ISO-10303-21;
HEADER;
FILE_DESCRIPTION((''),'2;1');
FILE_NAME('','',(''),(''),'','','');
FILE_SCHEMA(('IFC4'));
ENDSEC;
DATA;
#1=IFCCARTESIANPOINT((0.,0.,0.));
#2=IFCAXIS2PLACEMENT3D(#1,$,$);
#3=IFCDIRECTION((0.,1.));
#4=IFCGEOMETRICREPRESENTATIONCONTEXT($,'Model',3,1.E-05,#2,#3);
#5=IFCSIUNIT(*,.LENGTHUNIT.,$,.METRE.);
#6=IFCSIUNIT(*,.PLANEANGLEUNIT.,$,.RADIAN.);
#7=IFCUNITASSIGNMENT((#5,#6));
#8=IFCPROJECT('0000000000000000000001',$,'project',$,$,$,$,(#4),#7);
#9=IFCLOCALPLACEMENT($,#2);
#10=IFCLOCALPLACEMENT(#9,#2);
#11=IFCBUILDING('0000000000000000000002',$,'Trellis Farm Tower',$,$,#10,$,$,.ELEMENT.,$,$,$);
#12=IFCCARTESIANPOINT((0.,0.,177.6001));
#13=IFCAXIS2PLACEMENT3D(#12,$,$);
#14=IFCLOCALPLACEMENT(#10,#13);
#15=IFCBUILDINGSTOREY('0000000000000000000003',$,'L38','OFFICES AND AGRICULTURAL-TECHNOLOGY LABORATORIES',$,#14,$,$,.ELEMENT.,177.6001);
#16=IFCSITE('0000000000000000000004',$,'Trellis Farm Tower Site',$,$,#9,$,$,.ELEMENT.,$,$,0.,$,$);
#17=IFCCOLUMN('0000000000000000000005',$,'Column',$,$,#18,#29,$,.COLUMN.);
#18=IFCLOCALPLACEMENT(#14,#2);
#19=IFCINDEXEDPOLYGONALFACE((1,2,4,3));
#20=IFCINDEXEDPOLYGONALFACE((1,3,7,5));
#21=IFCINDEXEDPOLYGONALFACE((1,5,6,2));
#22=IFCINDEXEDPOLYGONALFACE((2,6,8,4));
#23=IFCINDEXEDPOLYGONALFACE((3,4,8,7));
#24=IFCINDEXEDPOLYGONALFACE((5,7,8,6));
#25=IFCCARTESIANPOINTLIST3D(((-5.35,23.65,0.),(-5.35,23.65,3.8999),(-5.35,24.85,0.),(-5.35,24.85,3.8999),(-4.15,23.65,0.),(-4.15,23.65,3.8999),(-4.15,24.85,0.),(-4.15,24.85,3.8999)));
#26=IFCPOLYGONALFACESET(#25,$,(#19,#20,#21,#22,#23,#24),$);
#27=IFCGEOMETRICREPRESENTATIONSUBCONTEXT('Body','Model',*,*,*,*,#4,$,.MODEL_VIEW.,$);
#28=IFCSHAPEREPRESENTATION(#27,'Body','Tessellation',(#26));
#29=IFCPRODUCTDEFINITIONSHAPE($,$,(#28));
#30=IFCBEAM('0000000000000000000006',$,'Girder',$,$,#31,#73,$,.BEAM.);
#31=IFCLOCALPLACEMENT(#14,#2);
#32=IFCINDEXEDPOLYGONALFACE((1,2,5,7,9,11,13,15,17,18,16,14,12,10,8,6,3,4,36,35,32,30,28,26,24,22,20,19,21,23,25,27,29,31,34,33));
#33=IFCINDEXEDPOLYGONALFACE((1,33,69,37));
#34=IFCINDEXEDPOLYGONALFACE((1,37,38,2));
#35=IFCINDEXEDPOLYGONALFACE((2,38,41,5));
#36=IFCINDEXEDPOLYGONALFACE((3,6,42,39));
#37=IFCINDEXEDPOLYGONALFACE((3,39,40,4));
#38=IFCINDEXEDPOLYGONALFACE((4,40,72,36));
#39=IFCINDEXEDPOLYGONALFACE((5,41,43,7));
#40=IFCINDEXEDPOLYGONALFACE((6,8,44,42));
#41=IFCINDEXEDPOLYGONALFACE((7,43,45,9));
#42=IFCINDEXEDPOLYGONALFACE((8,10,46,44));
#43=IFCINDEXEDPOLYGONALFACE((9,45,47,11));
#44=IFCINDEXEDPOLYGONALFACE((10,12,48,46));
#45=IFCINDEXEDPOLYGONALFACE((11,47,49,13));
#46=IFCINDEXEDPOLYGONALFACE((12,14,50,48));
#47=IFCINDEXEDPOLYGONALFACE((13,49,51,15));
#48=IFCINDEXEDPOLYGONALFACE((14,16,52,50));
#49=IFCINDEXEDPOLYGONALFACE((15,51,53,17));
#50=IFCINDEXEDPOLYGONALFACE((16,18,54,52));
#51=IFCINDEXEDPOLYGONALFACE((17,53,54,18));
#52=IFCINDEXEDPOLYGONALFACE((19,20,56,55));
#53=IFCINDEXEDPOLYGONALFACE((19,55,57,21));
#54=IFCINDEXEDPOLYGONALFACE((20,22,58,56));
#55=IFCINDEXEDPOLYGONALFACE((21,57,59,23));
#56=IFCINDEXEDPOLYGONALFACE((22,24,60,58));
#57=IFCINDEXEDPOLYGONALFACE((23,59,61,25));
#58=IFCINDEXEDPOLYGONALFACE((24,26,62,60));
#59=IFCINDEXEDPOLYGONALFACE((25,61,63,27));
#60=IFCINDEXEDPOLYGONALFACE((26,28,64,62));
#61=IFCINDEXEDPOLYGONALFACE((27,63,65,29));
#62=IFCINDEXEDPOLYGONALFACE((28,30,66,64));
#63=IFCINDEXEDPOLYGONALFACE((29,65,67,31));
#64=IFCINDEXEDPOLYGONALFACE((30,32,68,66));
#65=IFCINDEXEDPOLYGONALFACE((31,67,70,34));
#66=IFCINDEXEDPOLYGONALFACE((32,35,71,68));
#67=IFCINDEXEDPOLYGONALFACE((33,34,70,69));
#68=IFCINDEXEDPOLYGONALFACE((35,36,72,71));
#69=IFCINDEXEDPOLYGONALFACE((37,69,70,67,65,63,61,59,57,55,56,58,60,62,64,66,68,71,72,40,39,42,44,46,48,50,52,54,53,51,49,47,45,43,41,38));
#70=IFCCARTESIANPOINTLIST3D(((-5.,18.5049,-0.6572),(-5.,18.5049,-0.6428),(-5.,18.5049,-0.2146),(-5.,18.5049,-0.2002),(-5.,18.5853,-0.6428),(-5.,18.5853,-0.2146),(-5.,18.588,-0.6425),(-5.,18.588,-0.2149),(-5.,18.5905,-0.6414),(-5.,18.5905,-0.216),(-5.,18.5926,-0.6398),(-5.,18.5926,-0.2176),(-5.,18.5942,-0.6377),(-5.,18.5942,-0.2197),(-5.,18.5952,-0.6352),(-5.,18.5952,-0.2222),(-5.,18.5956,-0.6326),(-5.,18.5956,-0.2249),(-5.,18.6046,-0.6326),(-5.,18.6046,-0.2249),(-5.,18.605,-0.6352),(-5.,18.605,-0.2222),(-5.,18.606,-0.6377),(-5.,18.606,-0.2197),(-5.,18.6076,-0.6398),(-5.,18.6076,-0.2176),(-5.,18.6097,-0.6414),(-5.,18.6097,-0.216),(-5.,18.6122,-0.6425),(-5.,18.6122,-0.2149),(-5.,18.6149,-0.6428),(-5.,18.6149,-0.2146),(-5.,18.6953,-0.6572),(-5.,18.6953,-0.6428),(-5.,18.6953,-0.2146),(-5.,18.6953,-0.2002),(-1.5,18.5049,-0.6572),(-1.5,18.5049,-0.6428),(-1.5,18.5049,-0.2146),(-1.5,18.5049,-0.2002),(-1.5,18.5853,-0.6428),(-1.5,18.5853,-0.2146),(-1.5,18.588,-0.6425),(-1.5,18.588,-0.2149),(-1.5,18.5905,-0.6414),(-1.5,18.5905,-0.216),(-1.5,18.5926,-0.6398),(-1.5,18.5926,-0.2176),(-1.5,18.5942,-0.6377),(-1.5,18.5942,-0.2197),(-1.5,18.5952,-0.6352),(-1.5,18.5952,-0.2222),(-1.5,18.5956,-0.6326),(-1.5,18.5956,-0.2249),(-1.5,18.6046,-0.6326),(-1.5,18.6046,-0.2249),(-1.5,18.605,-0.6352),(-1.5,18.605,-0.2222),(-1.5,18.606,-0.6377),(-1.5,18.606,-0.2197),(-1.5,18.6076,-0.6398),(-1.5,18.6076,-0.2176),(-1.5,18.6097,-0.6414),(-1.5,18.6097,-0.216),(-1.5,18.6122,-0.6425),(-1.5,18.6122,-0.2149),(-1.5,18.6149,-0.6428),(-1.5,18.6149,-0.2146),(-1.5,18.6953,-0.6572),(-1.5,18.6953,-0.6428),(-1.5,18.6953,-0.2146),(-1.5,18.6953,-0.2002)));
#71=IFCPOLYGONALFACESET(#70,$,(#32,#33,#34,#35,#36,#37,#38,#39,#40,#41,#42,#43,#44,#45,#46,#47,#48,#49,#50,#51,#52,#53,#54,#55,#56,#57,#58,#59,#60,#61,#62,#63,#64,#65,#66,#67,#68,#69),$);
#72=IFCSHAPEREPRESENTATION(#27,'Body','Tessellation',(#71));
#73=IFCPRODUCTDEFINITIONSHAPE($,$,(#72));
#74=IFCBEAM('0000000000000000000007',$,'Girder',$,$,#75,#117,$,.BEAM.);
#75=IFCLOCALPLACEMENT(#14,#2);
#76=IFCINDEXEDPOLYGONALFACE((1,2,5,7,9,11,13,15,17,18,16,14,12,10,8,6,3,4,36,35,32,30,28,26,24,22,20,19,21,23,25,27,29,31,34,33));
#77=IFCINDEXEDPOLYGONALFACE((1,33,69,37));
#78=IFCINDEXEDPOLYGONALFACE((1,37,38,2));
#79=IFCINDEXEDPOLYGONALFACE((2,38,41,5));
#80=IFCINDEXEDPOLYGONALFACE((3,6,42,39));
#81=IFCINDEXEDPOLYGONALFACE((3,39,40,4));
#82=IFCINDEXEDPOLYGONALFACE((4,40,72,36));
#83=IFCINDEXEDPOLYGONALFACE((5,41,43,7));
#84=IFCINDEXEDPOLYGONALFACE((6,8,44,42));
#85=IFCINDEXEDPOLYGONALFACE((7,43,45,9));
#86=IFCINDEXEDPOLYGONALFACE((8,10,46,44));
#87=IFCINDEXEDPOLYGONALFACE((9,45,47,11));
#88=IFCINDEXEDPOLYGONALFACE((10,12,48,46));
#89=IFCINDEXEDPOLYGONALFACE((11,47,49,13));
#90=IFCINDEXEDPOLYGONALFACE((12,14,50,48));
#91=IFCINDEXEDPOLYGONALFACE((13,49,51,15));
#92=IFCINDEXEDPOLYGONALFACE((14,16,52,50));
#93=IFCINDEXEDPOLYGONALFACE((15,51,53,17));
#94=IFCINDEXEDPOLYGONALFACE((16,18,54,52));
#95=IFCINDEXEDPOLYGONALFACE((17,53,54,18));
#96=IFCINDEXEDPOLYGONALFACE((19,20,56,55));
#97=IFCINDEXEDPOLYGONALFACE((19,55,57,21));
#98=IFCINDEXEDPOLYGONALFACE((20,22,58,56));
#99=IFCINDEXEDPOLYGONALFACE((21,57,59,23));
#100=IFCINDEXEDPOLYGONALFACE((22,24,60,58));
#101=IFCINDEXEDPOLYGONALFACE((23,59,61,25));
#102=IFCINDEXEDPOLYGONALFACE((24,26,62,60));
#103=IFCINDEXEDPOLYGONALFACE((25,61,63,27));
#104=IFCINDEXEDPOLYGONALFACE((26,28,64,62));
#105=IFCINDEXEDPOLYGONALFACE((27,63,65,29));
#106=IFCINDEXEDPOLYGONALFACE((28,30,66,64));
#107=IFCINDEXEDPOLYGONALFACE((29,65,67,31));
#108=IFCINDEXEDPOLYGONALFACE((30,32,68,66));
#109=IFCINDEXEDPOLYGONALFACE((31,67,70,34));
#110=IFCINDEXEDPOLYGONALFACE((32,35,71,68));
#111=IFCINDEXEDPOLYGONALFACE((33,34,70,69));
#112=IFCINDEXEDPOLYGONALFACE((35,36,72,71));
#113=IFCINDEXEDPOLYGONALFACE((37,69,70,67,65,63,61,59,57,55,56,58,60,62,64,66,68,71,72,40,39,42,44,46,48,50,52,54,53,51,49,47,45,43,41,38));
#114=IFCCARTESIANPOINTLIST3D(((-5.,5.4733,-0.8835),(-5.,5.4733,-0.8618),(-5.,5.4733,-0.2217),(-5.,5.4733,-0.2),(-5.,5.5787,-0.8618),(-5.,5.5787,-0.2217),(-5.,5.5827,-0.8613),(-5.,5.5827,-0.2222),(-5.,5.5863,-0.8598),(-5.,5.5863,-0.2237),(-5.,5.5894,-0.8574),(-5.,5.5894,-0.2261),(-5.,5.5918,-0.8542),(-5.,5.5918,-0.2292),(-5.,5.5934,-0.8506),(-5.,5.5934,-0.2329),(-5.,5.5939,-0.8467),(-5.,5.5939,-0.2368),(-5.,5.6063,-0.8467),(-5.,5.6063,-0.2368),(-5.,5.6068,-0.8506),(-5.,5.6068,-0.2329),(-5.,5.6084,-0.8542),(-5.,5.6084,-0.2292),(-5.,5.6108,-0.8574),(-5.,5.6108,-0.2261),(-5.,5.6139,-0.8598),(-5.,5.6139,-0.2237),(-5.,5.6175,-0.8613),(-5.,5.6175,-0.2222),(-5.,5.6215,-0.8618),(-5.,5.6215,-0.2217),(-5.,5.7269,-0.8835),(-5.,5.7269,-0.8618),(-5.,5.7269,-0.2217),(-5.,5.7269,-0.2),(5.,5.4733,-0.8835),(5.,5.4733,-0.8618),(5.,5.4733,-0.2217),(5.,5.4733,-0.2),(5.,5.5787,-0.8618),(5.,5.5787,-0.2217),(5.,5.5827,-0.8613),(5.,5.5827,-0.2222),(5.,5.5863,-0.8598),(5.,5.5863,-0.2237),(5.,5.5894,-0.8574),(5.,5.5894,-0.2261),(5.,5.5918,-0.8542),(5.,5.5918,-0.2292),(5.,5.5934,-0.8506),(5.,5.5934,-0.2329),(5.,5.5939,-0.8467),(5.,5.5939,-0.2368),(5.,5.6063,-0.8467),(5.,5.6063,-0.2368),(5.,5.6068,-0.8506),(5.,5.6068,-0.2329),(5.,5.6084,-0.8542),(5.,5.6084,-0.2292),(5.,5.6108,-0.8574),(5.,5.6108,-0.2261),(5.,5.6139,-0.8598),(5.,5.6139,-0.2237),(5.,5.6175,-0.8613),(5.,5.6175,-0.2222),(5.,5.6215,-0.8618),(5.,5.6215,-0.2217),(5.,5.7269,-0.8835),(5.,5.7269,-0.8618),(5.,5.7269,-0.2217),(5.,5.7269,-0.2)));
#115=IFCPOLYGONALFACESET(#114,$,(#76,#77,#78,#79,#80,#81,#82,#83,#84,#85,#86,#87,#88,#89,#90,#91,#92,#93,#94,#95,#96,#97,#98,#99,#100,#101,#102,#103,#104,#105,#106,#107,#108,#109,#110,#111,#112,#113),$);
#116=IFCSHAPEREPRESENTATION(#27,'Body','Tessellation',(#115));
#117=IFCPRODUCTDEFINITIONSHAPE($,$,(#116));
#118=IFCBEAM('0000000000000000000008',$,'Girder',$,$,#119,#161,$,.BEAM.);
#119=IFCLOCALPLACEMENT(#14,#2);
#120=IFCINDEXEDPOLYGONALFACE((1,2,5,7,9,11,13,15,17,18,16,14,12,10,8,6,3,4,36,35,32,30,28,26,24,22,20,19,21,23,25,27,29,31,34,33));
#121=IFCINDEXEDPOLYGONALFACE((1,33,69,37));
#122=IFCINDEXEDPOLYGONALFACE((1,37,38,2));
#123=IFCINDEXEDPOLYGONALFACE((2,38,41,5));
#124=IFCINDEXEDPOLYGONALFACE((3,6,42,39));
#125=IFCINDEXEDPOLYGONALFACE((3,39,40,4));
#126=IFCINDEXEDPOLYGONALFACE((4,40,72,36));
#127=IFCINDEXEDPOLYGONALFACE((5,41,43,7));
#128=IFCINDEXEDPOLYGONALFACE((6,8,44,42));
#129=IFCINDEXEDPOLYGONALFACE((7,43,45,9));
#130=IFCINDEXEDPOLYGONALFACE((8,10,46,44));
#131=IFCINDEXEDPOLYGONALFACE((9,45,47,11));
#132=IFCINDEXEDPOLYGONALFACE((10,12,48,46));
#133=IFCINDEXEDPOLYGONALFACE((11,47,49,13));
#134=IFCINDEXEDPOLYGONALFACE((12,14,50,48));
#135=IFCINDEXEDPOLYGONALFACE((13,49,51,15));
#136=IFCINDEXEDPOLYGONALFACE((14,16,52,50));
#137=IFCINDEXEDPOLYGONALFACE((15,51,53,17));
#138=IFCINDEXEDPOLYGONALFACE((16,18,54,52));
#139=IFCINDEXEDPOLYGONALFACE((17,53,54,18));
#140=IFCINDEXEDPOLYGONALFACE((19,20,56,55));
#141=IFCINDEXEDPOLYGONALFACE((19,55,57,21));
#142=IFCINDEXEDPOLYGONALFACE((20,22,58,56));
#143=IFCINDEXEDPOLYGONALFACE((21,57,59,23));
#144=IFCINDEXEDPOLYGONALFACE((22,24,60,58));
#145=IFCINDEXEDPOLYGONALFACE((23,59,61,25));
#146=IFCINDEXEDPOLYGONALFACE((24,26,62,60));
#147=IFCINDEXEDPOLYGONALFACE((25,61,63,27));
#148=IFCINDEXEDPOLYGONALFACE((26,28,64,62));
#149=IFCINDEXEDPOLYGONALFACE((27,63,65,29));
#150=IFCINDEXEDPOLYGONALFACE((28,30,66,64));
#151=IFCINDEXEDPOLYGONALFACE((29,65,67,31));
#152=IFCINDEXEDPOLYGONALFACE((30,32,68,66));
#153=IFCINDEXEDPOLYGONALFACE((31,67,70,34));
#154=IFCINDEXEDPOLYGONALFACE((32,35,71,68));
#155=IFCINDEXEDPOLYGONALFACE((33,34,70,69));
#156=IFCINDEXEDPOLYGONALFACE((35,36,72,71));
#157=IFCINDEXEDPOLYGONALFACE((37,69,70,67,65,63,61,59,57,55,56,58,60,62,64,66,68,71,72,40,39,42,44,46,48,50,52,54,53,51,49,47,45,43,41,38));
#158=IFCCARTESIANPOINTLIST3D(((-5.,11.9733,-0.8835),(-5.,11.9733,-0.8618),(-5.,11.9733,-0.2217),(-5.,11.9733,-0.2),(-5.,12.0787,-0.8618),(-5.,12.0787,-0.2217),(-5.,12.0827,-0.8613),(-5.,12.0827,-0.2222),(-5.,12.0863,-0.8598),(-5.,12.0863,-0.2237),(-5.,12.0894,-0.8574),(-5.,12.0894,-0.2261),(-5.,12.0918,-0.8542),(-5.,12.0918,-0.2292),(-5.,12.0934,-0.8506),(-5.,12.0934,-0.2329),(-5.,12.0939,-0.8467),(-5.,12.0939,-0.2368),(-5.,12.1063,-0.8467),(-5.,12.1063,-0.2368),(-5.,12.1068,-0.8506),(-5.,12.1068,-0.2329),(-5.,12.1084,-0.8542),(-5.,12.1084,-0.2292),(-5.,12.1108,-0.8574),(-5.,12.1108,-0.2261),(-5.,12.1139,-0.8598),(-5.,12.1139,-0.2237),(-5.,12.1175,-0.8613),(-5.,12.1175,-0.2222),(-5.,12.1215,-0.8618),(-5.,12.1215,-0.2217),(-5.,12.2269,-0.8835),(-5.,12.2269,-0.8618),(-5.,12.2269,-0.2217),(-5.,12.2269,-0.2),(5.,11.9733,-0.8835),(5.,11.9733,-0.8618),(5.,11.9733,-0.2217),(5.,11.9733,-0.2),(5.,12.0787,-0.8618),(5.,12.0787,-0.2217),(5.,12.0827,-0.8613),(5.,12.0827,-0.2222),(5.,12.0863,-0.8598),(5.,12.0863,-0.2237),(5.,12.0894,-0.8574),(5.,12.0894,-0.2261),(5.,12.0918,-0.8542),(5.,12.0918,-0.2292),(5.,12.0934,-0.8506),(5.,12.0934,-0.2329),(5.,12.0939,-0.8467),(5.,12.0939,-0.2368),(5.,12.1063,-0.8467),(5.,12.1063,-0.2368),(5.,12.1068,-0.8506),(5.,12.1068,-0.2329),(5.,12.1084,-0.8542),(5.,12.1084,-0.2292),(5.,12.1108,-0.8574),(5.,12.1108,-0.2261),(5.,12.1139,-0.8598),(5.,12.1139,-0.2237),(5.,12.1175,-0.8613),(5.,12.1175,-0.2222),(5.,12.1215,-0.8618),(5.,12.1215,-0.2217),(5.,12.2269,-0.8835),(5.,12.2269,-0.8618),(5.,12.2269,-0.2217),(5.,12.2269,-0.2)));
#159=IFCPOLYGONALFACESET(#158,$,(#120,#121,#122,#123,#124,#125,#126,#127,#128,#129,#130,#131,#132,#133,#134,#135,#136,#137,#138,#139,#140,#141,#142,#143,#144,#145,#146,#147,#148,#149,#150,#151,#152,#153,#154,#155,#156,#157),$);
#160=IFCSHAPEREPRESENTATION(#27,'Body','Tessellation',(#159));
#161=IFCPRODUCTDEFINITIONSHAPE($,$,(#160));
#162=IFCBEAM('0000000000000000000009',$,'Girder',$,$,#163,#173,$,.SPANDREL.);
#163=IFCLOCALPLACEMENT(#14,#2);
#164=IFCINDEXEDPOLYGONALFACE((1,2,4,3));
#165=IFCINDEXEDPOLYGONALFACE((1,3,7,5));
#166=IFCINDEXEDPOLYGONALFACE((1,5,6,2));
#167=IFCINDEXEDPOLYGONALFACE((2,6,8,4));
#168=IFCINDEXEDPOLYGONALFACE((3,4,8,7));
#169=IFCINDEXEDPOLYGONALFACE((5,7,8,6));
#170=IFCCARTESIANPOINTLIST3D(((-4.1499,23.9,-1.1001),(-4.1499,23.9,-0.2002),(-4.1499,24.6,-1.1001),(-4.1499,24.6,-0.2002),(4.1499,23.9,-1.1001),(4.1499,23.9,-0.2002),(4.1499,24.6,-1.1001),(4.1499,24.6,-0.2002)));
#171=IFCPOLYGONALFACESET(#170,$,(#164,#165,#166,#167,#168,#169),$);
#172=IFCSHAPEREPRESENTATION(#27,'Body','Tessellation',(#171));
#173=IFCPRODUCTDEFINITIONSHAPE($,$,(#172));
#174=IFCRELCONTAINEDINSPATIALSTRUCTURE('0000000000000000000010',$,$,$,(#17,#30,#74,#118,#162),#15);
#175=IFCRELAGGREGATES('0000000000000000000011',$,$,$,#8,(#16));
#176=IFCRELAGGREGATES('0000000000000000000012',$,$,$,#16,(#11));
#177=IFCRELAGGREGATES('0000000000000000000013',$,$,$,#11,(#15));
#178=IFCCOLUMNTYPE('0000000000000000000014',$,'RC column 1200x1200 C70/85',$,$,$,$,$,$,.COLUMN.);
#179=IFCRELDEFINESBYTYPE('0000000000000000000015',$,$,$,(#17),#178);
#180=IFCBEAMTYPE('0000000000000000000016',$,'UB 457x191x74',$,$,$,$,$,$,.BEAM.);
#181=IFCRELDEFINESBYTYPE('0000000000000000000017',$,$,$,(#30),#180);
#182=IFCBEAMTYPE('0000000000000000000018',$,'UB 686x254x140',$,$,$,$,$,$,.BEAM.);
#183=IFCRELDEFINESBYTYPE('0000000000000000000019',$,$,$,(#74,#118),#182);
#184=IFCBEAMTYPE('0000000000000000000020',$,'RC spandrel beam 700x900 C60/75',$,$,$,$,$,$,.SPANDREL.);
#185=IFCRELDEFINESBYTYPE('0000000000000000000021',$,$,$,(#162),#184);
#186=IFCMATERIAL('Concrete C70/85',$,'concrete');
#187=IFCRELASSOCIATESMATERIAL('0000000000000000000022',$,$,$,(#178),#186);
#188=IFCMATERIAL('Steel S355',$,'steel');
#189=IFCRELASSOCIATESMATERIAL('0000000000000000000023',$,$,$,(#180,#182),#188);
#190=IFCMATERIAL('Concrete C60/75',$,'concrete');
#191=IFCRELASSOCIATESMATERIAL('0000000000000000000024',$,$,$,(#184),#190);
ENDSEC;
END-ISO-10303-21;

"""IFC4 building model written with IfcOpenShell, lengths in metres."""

from ifc_helpers import new_model, si_unit, direction, frame, origin, origin_2d, place, context, subcontext, project, spatial, rectangle, i_section, extrude, source, transform, mapped, material, material_profile, profile_set, type_object, element, save


model = new_model("IFC4")

# Units and contexts
model_context = context("Model", 3, precision=1e-05, world=origin(), true_north=direction((0.0, 1.0)))
body_context = subcontext(model_context, "Body", "Model", "MODEL_VIEW")
ifc_project = project(units=[si_unit("LENGTHUNIT", "METRE"), si_unit("PLANEANGLEUNIT", "RADIAN")], contexts=[model_context])

# Site, building, storey
site_placement = place(None, origin())
site = spatial("IfcSite", under=ifc_project, at=site_placement, Name="Trellis Farm Tower Site", CompositionType="ELEMENT", RefElevation=0.0)
building_placement = place(site_placement, origin())
building = spatial("IfcBuilding", under=site, at=building_placement, Name="Trellis Farm Tower", CompositionType="ELEMENT")
storey_placement = place(building_placement, frame((0.0, 0.0, 177.6001)))
storey = spatial("IfcBuildingStorey", under=building, at=storey_placement, Name="L38", Description="OFFICES AND AGRICULTURAL-TECHNOLOGY LABORATORIES", CompositionType="ELEMENT", Elevation=177.6001)

# Column
ifc_material_1 = material(Name="Concrete C70/85", Category="concrete")
ifc_material_profile_1 = material_profile(ifc_material_1, rectangle(XDim=1.2, YDim=1.2, at=origin_2d()), Name="RC column 1200x1200 C70/85")
ifc_profile_set_1 = profile_set([ifc_material_profile_1], Name="Concrete C70/85")
column_type = type_object("IfcColumnType", Name="RC column 1200x1200 C70/85", PredefinedType="COLUMN", material=ifc_profile_set_1)
shared_shape_1 = source(origin(), body_context, "Body", "SweptSolid", [
    extrude(rectangle(XDim=1.2, YDim=1.2, at=origin_2d()), origin(), (0.0, 0.0, 1.0), 3.8999),
])
column_placement = place(storey_placement, frame((-4.75, 24.25, 0.0), z_axis=(0.0, 0.0, 1.0), x_axis=(1.0, 0.0, 0.0)))
element("IfcColumn", 1, at=column_placement, inside=storey, type_object=column_type, Name="Column", PredefinedType="COLUMN", context=body_context, shape_type="MappedRepresentation", body=[
    mapped(shared_shape_1, transform((0.0, 0.0, 0.0))),
])

# Beams
ifc_material_2 = material(Name="Steel S355", Category="steel")
ifc_material_profile_2 = material_profile(ifc_material_2, i_section(OverallWidth=0.1904, OverallDepth=0.457, WebThickness=0.009, FlangeThickness=0.0144, FilletRadius=0.0103, at=origin_2d()), Name="UB 457x191x74")
ifc_profile_set_2 = profile_set([ifc_material_profile_2], Name="Steel S355")
beam_type_1 = type_object("IfcBeamType", Name="UB 457x191x74", PredefinedType="BEAM", material=ifc_profile_set_2)
shared_shape_2 = source(origin(), body_context, "Body", "SweptSolid", [
    extrude(i_section(OverallWidth=0.1904, OverallDepth=0.457, WebThickness=0.009, FlangeThickness=0.0144, FilletRadius=0.0103, at=origin_2d()), origin(), (0.0, 0.0, 1.0), 3.5),
])
beam_1_placement = place(storey_placement, frame((-5.0, 18.6001, -0.4287), z_axis=(1.0, 0.0, 0.0), x_axis=(0.0, 1.0, 0.0)))
element("IfcBeam", 2, at=beam_1_placement, inside=storey, type_object=beam_type_1, Name="Girder", PredefinedType="BEAM", context=body_context, shape_type="MappedRepresentation", body=[
    mapped(shared_shape_2, transform((0.0, 0.0, 0.0))),
])
ifc_material_profile_3 = material_profile(ifc_material_2, i_section(OverallWidth=0.2537, OverallDepth=0.6836, WebThickness=0.0125, FlangeThickness=0.0217, FilletRadius=0.0151, at=origin_2d()), Name="UB 686x254x140")
ifc_profile_set_3 = profile_set([ifc_material_profile_3], Name="Steel S355")
beam_type_2 = type_object("IfcBeamType", Name="UB 686x254x140", PredefinedType="BEAM", material=ifc_profile_set_3)
shared_shape_3 = source(origin(), body_context, "Body", "SweptSolid", [
    extrude(i_section(OverallWidth=0.2537, OverallDepth=0.6836, WebThickness=0.0125, FlangeThickness=0.0217, FilletRadius=0.0151, at=origin_2d()), origin(), (0.0, 0.0, 1.0), 10.0),
])
for number, where, z_axis, x_axis, name in (
    (3, (-5.0, 5.6001, -0.5417), (1.0, 0.0, 0.0), (0.0, 1.0, 0.0), "Girder"),
    (4, (-5.0, 12.1001, -0.5417), (1.0, 0.0, 0.0), (0.0, 1.0, 0.0), "Girder"),
):
    element("IfcBeam", number, at=place(storey_placement, frame(where, z_axis=z_axis, x_axis=x_axis)), inside=storey, type_object=beam_type_2, Name=name, PredefinedType="BEAM", context=body_context, shape_type="MappedRepresentation", body=[
        mapped(shared_shape_3, transform((0.0, 0.0, 0.0))),
    ])
ifc_material_3 = material(Name="Concrete C60/75", Category="concrete")
ifc_material_profile_4 = material_profile(ifc_material_3, rectangle(XDim=0.7, YDim=0.8999, at=origin_2d()), Name="RC spandrel beam 700x900 C60/75")
ifc_profile_set_4 = profile_set([ifc_material_profile_4], Name="Concrete C60/75")
beam_type_3 = type_object("IfcBeamType", Name="RC spandrel beam 700x900 C60/75", PredefinedType="SPANDREL", material=ifc_profile_set_4)
shared_shape_4 = source(origin(), body_context, "Body", "SweptSolid", [
    extrude(rectangle(XDim=0.7, YDim=0.8999, at=origin_2d()), origin(), (0.0, 0.0, 1.0), 8.2998),
])
beam_2_placement = place(storey_placement, frame((-4.1499, 24.25, -0.6501), z_axis=(1.0, 0.0, 0.0), x_axis=(0.0, 1.0, 0.0)))
element("IfcBeam", 5, at=beam_2_placement, inside=storey, type_object=beam_type_3, Name="Girder", PredefinedType="SPANDREL", context=body_context, shape_type="MappedRepresentation", body=[
    mapped(shared_shape_4, transform((0.0, 0.0, 0.0))),
])

save(model, "model.ifc")
